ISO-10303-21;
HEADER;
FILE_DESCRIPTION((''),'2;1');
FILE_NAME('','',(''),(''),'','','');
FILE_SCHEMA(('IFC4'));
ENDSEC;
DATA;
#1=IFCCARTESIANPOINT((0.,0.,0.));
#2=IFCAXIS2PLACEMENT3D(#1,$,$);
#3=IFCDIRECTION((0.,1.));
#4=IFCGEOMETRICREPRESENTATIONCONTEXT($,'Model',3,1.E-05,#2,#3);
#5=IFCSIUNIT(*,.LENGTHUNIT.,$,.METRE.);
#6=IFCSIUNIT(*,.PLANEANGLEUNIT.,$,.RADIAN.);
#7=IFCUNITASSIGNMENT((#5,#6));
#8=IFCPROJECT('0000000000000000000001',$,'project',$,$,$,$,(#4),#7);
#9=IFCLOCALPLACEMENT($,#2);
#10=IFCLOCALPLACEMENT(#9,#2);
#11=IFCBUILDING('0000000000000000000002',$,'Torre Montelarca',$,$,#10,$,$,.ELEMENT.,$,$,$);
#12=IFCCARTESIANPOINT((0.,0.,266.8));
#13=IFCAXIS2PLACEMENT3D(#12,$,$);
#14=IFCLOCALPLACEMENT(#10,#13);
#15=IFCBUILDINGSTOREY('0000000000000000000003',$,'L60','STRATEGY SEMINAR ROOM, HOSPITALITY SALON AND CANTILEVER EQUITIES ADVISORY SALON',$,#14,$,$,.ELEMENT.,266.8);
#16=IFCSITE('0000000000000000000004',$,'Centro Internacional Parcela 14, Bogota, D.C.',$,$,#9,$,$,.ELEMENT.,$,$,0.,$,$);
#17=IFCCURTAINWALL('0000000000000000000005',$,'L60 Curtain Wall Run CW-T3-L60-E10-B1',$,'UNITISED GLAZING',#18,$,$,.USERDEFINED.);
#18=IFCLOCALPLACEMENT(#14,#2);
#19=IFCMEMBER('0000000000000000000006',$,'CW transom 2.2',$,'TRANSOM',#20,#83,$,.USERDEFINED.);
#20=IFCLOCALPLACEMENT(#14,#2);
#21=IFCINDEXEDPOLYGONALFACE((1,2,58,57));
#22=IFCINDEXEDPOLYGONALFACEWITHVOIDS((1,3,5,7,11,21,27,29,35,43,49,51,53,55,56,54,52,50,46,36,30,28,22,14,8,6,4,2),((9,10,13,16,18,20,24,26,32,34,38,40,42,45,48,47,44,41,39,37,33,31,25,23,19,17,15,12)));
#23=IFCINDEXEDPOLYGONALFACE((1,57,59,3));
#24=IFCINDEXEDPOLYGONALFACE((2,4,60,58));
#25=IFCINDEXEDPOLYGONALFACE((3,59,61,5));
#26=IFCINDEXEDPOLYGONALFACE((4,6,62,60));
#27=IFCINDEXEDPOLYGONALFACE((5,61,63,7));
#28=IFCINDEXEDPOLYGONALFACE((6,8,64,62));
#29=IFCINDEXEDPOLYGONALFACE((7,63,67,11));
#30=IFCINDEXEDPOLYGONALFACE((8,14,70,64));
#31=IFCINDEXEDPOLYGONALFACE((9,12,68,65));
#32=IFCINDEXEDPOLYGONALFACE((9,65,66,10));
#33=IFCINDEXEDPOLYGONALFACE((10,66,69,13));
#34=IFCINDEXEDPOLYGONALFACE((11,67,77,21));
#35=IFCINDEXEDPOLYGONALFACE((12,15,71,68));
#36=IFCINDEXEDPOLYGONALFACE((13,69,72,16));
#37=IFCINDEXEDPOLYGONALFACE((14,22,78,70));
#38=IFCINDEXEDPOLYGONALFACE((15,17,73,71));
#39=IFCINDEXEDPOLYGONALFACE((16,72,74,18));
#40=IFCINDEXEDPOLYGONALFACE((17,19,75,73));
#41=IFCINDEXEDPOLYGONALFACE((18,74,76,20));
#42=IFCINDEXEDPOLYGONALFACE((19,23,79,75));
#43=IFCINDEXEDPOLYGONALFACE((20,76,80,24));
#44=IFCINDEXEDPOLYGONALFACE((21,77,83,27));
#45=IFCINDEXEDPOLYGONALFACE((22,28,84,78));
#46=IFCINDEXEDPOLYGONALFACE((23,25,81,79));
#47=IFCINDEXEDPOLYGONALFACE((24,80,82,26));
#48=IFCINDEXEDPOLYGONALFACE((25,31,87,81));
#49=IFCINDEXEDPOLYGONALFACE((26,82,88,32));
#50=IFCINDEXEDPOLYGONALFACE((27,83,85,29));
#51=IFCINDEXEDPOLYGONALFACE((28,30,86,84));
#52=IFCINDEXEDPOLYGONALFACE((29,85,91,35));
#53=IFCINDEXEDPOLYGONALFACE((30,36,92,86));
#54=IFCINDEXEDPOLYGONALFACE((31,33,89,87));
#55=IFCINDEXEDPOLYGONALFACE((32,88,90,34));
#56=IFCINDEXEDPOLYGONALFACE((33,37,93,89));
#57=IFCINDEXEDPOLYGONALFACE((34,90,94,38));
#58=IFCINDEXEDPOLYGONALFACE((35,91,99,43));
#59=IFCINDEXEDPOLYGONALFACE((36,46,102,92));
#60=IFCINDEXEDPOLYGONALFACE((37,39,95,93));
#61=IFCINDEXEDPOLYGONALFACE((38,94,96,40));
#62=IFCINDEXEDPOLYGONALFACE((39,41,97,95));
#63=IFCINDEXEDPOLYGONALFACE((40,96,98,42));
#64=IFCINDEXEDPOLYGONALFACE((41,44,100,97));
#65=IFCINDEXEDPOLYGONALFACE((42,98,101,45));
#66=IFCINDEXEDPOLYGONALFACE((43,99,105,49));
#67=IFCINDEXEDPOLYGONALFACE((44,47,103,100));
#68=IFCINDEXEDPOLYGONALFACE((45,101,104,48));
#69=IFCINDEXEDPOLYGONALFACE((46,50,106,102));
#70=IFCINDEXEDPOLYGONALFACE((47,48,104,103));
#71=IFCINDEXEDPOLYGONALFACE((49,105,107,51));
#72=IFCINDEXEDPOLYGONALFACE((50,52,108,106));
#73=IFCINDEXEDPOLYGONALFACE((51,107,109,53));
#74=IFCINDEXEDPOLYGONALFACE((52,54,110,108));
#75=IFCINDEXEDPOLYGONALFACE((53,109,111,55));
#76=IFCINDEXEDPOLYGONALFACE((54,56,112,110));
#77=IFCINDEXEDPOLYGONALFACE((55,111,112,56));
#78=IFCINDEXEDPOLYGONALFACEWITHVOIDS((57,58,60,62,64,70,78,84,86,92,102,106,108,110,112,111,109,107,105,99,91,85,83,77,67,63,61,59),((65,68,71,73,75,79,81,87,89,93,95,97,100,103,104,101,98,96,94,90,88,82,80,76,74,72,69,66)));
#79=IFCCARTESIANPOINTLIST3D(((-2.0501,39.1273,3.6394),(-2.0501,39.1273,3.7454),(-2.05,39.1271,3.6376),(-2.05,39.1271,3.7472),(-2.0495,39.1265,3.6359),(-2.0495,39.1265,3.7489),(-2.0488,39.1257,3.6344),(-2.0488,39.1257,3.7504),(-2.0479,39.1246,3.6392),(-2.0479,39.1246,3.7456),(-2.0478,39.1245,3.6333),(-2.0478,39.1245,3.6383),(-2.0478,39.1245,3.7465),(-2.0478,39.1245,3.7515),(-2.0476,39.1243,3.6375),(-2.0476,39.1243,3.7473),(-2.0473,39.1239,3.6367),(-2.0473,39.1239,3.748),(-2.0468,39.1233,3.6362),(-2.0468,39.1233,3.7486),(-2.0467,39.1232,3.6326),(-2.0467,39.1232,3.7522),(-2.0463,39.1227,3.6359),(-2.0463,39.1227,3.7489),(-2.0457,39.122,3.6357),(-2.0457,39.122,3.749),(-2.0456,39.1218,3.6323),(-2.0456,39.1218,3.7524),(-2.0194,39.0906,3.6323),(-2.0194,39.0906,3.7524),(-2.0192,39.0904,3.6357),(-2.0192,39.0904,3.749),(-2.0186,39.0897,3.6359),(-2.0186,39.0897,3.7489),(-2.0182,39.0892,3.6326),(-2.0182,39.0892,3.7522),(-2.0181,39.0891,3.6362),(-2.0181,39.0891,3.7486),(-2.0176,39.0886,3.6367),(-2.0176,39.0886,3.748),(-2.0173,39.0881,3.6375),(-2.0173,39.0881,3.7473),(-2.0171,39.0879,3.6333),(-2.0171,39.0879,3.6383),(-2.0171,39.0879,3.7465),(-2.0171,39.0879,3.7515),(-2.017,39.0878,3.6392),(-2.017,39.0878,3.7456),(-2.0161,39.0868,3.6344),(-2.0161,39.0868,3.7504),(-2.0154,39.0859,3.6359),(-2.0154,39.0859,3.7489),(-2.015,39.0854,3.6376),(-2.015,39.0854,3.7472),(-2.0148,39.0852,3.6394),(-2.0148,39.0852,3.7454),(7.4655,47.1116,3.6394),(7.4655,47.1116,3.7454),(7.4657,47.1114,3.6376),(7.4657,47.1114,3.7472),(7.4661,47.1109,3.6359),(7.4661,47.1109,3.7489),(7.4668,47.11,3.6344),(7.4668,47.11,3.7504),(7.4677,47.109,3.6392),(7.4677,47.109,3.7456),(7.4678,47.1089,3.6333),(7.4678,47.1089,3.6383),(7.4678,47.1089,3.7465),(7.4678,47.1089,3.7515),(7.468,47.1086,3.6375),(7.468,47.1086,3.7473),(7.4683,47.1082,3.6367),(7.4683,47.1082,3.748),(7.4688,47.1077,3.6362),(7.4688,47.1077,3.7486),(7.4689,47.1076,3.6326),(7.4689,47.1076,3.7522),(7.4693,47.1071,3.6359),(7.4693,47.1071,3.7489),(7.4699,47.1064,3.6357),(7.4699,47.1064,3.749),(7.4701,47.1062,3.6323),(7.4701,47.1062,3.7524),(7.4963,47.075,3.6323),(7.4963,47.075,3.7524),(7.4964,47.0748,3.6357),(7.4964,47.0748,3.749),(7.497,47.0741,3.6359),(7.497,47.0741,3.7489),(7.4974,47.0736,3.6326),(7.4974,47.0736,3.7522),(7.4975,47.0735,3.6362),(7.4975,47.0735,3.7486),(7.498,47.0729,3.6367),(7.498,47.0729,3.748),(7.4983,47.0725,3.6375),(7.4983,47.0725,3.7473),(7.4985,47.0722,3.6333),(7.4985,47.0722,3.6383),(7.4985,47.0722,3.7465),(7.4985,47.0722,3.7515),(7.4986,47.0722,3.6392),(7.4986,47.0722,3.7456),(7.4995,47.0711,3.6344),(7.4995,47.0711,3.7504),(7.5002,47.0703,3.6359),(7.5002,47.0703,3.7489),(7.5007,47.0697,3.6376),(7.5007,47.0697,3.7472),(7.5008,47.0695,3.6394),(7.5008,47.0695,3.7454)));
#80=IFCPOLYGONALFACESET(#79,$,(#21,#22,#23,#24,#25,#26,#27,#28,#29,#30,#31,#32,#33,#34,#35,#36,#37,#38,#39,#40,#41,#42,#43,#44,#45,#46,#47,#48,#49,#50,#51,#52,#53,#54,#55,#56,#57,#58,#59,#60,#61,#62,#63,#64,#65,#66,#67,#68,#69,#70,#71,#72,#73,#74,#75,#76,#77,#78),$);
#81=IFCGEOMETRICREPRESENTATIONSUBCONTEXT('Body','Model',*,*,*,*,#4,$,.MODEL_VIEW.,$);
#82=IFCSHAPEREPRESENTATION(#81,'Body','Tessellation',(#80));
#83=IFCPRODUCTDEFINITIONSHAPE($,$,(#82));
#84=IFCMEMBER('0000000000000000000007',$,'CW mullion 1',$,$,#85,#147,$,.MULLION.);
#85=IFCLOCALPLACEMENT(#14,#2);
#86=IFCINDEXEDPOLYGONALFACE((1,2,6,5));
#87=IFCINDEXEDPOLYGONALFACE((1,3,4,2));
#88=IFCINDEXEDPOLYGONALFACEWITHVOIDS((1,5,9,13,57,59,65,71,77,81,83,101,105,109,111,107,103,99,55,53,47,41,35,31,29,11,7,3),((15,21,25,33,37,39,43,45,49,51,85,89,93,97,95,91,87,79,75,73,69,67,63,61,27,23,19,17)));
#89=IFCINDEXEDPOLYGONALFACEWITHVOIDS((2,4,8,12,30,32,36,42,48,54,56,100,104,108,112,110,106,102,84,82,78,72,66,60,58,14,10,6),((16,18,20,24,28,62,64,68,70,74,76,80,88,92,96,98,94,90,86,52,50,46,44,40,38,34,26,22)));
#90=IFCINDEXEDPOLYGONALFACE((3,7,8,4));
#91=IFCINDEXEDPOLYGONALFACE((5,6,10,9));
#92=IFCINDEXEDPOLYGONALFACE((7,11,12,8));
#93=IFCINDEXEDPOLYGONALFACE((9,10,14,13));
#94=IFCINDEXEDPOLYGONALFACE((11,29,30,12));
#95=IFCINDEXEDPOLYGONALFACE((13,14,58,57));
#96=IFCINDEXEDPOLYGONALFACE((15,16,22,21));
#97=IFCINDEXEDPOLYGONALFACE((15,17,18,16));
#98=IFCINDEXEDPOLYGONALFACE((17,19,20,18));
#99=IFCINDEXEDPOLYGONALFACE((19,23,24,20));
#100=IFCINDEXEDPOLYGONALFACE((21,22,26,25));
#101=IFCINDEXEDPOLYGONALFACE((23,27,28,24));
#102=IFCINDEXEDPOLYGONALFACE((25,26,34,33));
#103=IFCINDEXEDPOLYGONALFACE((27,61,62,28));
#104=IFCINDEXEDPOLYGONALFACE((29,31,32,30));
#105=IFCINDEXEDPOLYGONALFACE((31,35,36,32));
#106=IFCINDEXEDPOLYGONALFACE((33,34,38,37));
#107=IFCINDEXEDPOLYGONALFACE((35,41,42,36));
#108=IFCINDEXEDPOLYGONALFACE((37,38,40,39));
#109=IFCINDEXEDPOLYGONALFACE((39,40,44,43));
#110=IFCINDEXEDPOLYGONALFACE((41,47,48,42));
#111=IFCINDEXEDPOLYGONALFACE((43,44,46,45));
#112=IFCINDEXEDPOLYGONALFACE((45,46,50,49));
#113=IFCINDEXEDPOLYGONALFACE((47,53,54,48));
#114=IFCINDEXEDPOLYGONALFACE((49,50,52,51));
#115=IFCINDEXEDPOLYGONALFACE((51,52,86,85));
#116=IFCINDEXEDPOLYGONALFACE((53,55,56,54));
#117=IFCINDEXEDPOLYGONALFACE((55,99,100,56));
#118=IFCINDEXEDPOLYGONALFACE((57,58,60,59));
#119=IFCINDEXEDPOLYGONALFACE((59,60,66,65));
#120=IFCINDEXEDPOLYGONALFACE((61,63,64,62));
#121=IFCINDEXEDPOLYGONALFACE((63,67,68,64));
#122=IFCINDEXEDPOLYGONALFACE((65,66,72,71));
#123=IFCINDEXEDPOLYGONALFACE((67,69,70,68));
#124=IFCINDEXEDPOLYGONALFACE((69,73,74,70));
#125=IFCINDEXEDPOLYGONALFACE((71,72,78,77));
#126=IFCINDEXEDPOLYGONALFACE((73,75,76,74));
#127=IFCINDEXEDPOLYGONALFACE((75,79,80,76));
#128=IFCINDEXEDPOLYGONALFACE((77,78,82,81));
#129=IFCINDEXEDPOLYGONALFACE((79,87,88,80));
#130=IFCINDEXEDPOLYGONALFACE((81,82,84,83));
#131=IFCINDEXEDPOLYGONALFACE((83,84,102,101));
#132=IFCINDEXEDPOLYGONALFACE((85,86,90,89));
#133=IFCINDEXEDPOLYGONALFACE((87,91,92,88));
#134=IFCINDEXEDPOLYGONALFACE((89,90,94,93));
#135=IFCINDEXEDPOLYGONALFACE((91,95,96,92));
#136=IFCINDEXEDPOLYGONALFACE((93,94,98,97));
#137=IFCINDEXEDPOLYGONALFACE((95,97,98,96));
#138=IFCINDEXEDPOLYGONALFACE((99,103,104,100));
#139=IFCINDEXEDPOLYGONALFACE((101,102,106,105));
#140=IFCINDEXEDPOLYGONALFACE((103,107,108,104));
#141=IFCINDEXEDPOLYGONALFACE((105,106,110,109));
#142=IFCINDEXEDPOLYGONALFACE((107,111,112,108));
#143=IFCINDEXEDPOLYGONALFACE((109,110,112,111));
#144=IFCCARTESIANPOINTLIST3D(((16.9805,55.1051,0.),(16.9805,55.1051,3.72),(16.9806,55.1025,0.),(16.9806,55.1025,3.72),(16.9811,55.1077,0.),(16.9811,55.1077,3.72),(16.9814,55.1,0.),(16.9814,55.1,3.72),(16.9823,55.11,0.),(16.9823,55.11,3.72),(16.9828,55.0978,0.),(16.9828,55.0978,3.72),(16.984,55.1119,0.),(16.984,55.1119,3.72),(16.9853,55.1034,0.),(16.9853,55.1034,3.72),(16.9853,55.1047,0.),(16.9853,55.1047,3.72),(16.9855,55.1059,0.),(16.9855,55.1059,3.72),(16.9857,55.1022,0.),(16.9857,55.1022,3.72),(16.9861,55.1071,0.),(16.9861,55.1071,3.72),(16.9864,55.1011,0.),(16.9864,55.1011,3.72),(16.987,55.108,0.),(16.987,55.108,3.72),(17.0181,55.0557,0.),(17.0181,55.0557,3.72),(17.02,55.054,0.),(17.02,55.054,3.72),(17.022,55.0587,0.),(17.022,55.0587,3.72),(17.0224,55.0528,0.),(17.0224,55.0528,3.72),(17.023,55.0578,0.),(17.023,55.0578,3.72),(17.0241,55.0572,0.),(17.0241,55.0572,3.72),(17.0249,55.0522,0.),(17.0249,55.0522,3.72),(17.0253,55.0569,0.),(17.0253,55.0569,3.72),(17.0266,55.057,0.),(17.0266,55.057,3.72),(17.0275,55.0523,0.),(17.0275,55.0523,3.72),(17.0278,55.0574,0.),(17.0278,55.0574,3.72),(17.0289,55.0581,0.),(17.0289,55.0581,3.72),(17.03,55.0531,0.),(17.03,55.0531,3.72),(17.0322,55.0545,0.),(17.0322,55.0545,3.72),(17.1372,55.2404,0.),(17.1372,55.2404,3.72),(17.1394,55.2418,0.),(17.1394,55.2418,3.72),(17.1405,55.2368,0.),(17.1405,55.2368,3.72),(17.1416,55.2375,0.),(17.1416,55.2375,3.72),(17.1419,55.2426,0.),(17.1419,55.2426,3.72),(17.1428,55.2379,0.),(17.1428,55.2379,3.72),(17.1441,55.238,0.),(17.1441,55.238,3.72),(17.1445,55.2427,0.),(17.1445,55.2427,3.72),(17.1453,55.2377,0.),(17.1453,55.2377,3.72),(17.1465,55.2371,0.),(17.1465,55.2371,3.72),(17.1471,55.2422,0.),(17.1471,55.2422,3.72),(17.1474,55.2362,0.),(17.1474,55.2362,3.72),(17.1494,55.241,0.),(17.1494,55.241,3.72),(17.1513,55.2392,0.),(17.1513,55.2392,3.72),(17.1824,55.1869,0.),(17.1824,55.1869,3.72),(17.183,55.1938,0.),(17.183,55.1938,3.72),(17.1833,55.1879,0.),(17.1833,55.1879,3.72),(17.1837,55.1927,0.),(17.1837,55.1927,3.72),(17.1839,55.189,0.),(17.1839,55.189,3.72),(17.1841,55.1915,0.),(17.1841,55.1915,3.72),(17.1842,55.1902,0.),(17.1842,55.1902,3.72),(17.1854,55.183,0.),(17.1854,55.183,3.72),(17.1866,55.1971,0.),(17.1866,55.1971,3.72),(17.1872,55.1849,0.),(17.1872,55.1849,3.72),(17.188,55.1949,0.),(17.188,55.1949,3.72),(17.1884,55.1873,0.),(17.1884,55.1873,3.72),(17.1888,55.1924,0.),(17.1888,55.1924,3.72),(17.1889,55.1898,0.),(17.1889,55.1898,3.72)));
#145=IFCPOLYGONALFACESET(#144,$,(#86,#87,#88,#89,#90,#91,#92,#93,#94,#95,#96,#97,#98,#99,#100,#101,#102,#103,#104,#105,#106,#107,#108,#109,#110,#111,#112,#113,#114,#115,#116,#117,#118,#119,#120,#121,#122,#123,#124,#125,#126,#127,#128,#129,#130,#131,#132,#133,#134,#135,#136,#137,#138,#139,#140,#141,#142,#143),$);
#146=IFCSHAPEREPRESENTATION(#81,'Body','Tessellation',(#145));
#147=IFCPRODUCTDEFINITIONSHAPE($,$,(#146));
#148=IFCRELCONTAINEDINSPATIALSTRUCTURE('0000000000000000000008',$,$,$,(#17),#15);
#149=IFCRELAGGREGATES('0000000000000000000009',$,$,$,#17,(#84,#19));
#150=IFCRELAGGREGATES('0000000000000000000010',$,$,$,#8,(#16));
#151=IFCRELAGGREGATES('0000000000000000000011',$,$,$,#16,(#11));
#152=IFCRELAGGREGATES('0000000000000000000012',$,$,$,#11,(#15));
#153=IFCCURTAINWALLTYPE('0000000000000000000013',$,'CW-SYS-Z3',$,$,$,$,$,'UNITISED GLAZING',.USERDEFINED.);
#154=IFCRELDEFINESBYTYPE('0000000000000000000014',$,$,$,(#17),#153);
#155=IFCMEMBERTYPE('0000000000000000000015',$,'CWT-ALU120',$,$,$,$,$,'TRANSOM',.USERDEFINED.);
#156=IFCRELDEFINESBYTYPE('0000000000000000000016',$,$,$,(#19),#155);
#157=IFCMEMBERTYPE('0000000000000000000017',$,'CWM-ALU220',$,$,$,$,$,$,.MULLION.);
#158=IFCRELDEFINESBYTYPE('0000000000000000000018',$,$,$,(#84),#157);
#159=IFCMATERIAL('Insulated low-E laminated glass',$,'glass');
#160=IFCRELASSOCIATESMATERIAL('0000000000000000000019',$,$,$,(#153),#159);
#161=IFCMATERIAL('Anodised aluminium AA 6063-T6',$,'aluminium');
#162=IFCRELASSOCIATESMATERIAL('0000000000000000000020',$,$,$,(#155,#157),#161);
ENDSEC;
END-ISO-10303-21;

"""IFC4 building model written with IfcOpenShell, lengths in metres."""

from ifc_helpers import new_model, si_unit, direction, frame, origin, origin_2d, place, context, subcontext, project, spatial, hollow_rectangle, extrude, source, transform, mapped, material, material_profile, profile_set, type_object, element, aggregate, save


model = new_model("IFC4")

# Units and contexts
model_context = context("Model", 3, precision=1e-05, world=origin(), true_north=direction((0.0, 1.0)))
body_context = subcontext(model_context, "Body", "Model", "MODEL_VIEW")
ifc_project = project(units=[si_unit("LENGTHUNIT", "METRE"), si_unit("PLANEANGLEUNIT", "RADIAN")], contexts=[model_context])

# Site, building, storey
site_placement = place(None, origin())
site = spatial("IfcSite", under=ifc_project, at=site_placement, Name="Centro Internacional Parcela 14, Bogota, D.C.", CompositionType="ELEMENT", RefElevation=0.0)
building_placement = place(site_placement, origin())
building = spatial("IfcBuilding", under=site, at=building_placement, Name="Torre Montelarca", CompositionType="ELEMENT")
storey_placement = place(building_placement, frame((0.0, 0.0, 266.8)))
storey = spatial("IfcBuildingStorey", under=building, at=storey_placement, Name="L60", Description="STRATEGY SEMINAR ROOM, HOSPITALITY SALON AND CANTILEVER EQUITIES ADVISORY SALON", CompositionType="ELEMENT", Elevation=266.8)

# Curtain wall, members
ifc_material_1 = material(Name="Insulated low-E laminated glass", Category="glass")
curtain_wall_type = type_object("IfcCurtainWallType", Name="CW-SYS-Z3", ElementType="UNITISED GLAZING", PredefinedType="USERDEFINED", material=ifc_material_1)
ifc_material_2 = material(Name="Anodised aluminium AA 6063-T6", Category="aluminium")
ifc_material_profile_1 = material_profile(ifc_material_2, hollow_rectangle(XDim=0.0549, YDim=0.1201, WallThickness=0.0034, InnerFilletRadius=0.0034, OuterFilletRadius=0.0071, at=origin_2d()), Name="ALU55X120X3.5", Category="aluminium")
ifc_profile_set_1 = profile_set([ifc_material_profile_1], Name="Anodised aluminium AA 6063-T6")
member_type_1 = type_object("IfcMemberType", Name="CWT-ALU120", ElementType="TRANSOM", PredefinedType="USERDEFINED", material=ifc_profile_set_1)
curtain_wall_1_placement = place(storey_placement, origin())
curtain_wall_1 = element("IfcCurtainWall", 1, at=curtain_wall_1_placement, inside=storey, type_object=curtain_wall_type, Name="L60 Curtain Wall Run CW-T3-L60-E10-B1", ObjectType="UNITISED GLAZING", PredefinedType="USERDEFINED")
shared_shape_1 = source(origin(), body_context, "Body", "SweptSolid", [
    extrude(hollow_rectangle(XDim=0.0549, YDim=0.1201, WallThickness=0.0034, InnerFilletRadius=0.0034, OuterFilletRadius=0.0071, at=origin_2d()), origin(), (0.0, 0.0, 1.0), 12.4216),
])
member_1_placement = place(storey_placement, frame((7.4832, 47.0906, 3.6924), z_axis=(-0.766052, -0.642779, 0.0), x_axis=(0.642779, -0.766052, 0.0)))
member_1 = element("IfcMember", 2, at=member_1_placement, type_object=member_type_1, Name="CW transom 2.2", ObjectType="TRANSOM", PredefinedType="USERDEFINED", context=body_context, shape_type="MappedRepresentation", body=[
    mapped(shared_shape_1, transform((0.0, 0.0, 0.0), scale=1.0)),
])
ifc_material_profile_2 = material_profile(ifc_material_2, hollow_rectangle(XDim=0.075, YDim=0.22, WallThickness=0.0049, InnerFilletRadius=0.0049, OuterFilletRadius=0.01, at=origin_2d()), Name="ALU75X220X5", Category="aluminium")
ifc_profile_set_2 = profile_set([ifc_material_profile_2], Name="Anodised aluminium AA 6063-T6")
member_type_2 = type_object("IfcMemberType", Name="CWM-ALU220", PredefinedType="MULLION", material=ifc_profile_set_2)
shared_shape_2 = source(origin(), body_context, "Body", "SweptSolid", [
    extrude(hollow_rectangle(XDim=0.075, YDim=0.22, WallThickness=0.0049, InnerFilletRadius=0.0049, OuterFilletRadius=0.01, at=origin_2d()), origin(), (0.0, 0.0, 1.0), 3.72),
])
member_2_placement = place(storey_placement, frame((17.0847, 55.1475, 0.0), z_axis=(0.0, 0.0, 1.0), x_axis=(0.642788, -0.766044, 0.0)))
member_2 = element("IfcMember", 3, at=member_2_placement, type_object=member_type_2, Name="CW mullion 1", PredefinedType="MULLION", context=body_context, shape_type="MappedRepresentation", body=[
    mapped(shared_shape_2, transform((0.0, 0.0, 0.0), scale=1.0)),
])

aggregate(curtain_wall_1, [member_2, member_1])

save(model, "model.ifc")
